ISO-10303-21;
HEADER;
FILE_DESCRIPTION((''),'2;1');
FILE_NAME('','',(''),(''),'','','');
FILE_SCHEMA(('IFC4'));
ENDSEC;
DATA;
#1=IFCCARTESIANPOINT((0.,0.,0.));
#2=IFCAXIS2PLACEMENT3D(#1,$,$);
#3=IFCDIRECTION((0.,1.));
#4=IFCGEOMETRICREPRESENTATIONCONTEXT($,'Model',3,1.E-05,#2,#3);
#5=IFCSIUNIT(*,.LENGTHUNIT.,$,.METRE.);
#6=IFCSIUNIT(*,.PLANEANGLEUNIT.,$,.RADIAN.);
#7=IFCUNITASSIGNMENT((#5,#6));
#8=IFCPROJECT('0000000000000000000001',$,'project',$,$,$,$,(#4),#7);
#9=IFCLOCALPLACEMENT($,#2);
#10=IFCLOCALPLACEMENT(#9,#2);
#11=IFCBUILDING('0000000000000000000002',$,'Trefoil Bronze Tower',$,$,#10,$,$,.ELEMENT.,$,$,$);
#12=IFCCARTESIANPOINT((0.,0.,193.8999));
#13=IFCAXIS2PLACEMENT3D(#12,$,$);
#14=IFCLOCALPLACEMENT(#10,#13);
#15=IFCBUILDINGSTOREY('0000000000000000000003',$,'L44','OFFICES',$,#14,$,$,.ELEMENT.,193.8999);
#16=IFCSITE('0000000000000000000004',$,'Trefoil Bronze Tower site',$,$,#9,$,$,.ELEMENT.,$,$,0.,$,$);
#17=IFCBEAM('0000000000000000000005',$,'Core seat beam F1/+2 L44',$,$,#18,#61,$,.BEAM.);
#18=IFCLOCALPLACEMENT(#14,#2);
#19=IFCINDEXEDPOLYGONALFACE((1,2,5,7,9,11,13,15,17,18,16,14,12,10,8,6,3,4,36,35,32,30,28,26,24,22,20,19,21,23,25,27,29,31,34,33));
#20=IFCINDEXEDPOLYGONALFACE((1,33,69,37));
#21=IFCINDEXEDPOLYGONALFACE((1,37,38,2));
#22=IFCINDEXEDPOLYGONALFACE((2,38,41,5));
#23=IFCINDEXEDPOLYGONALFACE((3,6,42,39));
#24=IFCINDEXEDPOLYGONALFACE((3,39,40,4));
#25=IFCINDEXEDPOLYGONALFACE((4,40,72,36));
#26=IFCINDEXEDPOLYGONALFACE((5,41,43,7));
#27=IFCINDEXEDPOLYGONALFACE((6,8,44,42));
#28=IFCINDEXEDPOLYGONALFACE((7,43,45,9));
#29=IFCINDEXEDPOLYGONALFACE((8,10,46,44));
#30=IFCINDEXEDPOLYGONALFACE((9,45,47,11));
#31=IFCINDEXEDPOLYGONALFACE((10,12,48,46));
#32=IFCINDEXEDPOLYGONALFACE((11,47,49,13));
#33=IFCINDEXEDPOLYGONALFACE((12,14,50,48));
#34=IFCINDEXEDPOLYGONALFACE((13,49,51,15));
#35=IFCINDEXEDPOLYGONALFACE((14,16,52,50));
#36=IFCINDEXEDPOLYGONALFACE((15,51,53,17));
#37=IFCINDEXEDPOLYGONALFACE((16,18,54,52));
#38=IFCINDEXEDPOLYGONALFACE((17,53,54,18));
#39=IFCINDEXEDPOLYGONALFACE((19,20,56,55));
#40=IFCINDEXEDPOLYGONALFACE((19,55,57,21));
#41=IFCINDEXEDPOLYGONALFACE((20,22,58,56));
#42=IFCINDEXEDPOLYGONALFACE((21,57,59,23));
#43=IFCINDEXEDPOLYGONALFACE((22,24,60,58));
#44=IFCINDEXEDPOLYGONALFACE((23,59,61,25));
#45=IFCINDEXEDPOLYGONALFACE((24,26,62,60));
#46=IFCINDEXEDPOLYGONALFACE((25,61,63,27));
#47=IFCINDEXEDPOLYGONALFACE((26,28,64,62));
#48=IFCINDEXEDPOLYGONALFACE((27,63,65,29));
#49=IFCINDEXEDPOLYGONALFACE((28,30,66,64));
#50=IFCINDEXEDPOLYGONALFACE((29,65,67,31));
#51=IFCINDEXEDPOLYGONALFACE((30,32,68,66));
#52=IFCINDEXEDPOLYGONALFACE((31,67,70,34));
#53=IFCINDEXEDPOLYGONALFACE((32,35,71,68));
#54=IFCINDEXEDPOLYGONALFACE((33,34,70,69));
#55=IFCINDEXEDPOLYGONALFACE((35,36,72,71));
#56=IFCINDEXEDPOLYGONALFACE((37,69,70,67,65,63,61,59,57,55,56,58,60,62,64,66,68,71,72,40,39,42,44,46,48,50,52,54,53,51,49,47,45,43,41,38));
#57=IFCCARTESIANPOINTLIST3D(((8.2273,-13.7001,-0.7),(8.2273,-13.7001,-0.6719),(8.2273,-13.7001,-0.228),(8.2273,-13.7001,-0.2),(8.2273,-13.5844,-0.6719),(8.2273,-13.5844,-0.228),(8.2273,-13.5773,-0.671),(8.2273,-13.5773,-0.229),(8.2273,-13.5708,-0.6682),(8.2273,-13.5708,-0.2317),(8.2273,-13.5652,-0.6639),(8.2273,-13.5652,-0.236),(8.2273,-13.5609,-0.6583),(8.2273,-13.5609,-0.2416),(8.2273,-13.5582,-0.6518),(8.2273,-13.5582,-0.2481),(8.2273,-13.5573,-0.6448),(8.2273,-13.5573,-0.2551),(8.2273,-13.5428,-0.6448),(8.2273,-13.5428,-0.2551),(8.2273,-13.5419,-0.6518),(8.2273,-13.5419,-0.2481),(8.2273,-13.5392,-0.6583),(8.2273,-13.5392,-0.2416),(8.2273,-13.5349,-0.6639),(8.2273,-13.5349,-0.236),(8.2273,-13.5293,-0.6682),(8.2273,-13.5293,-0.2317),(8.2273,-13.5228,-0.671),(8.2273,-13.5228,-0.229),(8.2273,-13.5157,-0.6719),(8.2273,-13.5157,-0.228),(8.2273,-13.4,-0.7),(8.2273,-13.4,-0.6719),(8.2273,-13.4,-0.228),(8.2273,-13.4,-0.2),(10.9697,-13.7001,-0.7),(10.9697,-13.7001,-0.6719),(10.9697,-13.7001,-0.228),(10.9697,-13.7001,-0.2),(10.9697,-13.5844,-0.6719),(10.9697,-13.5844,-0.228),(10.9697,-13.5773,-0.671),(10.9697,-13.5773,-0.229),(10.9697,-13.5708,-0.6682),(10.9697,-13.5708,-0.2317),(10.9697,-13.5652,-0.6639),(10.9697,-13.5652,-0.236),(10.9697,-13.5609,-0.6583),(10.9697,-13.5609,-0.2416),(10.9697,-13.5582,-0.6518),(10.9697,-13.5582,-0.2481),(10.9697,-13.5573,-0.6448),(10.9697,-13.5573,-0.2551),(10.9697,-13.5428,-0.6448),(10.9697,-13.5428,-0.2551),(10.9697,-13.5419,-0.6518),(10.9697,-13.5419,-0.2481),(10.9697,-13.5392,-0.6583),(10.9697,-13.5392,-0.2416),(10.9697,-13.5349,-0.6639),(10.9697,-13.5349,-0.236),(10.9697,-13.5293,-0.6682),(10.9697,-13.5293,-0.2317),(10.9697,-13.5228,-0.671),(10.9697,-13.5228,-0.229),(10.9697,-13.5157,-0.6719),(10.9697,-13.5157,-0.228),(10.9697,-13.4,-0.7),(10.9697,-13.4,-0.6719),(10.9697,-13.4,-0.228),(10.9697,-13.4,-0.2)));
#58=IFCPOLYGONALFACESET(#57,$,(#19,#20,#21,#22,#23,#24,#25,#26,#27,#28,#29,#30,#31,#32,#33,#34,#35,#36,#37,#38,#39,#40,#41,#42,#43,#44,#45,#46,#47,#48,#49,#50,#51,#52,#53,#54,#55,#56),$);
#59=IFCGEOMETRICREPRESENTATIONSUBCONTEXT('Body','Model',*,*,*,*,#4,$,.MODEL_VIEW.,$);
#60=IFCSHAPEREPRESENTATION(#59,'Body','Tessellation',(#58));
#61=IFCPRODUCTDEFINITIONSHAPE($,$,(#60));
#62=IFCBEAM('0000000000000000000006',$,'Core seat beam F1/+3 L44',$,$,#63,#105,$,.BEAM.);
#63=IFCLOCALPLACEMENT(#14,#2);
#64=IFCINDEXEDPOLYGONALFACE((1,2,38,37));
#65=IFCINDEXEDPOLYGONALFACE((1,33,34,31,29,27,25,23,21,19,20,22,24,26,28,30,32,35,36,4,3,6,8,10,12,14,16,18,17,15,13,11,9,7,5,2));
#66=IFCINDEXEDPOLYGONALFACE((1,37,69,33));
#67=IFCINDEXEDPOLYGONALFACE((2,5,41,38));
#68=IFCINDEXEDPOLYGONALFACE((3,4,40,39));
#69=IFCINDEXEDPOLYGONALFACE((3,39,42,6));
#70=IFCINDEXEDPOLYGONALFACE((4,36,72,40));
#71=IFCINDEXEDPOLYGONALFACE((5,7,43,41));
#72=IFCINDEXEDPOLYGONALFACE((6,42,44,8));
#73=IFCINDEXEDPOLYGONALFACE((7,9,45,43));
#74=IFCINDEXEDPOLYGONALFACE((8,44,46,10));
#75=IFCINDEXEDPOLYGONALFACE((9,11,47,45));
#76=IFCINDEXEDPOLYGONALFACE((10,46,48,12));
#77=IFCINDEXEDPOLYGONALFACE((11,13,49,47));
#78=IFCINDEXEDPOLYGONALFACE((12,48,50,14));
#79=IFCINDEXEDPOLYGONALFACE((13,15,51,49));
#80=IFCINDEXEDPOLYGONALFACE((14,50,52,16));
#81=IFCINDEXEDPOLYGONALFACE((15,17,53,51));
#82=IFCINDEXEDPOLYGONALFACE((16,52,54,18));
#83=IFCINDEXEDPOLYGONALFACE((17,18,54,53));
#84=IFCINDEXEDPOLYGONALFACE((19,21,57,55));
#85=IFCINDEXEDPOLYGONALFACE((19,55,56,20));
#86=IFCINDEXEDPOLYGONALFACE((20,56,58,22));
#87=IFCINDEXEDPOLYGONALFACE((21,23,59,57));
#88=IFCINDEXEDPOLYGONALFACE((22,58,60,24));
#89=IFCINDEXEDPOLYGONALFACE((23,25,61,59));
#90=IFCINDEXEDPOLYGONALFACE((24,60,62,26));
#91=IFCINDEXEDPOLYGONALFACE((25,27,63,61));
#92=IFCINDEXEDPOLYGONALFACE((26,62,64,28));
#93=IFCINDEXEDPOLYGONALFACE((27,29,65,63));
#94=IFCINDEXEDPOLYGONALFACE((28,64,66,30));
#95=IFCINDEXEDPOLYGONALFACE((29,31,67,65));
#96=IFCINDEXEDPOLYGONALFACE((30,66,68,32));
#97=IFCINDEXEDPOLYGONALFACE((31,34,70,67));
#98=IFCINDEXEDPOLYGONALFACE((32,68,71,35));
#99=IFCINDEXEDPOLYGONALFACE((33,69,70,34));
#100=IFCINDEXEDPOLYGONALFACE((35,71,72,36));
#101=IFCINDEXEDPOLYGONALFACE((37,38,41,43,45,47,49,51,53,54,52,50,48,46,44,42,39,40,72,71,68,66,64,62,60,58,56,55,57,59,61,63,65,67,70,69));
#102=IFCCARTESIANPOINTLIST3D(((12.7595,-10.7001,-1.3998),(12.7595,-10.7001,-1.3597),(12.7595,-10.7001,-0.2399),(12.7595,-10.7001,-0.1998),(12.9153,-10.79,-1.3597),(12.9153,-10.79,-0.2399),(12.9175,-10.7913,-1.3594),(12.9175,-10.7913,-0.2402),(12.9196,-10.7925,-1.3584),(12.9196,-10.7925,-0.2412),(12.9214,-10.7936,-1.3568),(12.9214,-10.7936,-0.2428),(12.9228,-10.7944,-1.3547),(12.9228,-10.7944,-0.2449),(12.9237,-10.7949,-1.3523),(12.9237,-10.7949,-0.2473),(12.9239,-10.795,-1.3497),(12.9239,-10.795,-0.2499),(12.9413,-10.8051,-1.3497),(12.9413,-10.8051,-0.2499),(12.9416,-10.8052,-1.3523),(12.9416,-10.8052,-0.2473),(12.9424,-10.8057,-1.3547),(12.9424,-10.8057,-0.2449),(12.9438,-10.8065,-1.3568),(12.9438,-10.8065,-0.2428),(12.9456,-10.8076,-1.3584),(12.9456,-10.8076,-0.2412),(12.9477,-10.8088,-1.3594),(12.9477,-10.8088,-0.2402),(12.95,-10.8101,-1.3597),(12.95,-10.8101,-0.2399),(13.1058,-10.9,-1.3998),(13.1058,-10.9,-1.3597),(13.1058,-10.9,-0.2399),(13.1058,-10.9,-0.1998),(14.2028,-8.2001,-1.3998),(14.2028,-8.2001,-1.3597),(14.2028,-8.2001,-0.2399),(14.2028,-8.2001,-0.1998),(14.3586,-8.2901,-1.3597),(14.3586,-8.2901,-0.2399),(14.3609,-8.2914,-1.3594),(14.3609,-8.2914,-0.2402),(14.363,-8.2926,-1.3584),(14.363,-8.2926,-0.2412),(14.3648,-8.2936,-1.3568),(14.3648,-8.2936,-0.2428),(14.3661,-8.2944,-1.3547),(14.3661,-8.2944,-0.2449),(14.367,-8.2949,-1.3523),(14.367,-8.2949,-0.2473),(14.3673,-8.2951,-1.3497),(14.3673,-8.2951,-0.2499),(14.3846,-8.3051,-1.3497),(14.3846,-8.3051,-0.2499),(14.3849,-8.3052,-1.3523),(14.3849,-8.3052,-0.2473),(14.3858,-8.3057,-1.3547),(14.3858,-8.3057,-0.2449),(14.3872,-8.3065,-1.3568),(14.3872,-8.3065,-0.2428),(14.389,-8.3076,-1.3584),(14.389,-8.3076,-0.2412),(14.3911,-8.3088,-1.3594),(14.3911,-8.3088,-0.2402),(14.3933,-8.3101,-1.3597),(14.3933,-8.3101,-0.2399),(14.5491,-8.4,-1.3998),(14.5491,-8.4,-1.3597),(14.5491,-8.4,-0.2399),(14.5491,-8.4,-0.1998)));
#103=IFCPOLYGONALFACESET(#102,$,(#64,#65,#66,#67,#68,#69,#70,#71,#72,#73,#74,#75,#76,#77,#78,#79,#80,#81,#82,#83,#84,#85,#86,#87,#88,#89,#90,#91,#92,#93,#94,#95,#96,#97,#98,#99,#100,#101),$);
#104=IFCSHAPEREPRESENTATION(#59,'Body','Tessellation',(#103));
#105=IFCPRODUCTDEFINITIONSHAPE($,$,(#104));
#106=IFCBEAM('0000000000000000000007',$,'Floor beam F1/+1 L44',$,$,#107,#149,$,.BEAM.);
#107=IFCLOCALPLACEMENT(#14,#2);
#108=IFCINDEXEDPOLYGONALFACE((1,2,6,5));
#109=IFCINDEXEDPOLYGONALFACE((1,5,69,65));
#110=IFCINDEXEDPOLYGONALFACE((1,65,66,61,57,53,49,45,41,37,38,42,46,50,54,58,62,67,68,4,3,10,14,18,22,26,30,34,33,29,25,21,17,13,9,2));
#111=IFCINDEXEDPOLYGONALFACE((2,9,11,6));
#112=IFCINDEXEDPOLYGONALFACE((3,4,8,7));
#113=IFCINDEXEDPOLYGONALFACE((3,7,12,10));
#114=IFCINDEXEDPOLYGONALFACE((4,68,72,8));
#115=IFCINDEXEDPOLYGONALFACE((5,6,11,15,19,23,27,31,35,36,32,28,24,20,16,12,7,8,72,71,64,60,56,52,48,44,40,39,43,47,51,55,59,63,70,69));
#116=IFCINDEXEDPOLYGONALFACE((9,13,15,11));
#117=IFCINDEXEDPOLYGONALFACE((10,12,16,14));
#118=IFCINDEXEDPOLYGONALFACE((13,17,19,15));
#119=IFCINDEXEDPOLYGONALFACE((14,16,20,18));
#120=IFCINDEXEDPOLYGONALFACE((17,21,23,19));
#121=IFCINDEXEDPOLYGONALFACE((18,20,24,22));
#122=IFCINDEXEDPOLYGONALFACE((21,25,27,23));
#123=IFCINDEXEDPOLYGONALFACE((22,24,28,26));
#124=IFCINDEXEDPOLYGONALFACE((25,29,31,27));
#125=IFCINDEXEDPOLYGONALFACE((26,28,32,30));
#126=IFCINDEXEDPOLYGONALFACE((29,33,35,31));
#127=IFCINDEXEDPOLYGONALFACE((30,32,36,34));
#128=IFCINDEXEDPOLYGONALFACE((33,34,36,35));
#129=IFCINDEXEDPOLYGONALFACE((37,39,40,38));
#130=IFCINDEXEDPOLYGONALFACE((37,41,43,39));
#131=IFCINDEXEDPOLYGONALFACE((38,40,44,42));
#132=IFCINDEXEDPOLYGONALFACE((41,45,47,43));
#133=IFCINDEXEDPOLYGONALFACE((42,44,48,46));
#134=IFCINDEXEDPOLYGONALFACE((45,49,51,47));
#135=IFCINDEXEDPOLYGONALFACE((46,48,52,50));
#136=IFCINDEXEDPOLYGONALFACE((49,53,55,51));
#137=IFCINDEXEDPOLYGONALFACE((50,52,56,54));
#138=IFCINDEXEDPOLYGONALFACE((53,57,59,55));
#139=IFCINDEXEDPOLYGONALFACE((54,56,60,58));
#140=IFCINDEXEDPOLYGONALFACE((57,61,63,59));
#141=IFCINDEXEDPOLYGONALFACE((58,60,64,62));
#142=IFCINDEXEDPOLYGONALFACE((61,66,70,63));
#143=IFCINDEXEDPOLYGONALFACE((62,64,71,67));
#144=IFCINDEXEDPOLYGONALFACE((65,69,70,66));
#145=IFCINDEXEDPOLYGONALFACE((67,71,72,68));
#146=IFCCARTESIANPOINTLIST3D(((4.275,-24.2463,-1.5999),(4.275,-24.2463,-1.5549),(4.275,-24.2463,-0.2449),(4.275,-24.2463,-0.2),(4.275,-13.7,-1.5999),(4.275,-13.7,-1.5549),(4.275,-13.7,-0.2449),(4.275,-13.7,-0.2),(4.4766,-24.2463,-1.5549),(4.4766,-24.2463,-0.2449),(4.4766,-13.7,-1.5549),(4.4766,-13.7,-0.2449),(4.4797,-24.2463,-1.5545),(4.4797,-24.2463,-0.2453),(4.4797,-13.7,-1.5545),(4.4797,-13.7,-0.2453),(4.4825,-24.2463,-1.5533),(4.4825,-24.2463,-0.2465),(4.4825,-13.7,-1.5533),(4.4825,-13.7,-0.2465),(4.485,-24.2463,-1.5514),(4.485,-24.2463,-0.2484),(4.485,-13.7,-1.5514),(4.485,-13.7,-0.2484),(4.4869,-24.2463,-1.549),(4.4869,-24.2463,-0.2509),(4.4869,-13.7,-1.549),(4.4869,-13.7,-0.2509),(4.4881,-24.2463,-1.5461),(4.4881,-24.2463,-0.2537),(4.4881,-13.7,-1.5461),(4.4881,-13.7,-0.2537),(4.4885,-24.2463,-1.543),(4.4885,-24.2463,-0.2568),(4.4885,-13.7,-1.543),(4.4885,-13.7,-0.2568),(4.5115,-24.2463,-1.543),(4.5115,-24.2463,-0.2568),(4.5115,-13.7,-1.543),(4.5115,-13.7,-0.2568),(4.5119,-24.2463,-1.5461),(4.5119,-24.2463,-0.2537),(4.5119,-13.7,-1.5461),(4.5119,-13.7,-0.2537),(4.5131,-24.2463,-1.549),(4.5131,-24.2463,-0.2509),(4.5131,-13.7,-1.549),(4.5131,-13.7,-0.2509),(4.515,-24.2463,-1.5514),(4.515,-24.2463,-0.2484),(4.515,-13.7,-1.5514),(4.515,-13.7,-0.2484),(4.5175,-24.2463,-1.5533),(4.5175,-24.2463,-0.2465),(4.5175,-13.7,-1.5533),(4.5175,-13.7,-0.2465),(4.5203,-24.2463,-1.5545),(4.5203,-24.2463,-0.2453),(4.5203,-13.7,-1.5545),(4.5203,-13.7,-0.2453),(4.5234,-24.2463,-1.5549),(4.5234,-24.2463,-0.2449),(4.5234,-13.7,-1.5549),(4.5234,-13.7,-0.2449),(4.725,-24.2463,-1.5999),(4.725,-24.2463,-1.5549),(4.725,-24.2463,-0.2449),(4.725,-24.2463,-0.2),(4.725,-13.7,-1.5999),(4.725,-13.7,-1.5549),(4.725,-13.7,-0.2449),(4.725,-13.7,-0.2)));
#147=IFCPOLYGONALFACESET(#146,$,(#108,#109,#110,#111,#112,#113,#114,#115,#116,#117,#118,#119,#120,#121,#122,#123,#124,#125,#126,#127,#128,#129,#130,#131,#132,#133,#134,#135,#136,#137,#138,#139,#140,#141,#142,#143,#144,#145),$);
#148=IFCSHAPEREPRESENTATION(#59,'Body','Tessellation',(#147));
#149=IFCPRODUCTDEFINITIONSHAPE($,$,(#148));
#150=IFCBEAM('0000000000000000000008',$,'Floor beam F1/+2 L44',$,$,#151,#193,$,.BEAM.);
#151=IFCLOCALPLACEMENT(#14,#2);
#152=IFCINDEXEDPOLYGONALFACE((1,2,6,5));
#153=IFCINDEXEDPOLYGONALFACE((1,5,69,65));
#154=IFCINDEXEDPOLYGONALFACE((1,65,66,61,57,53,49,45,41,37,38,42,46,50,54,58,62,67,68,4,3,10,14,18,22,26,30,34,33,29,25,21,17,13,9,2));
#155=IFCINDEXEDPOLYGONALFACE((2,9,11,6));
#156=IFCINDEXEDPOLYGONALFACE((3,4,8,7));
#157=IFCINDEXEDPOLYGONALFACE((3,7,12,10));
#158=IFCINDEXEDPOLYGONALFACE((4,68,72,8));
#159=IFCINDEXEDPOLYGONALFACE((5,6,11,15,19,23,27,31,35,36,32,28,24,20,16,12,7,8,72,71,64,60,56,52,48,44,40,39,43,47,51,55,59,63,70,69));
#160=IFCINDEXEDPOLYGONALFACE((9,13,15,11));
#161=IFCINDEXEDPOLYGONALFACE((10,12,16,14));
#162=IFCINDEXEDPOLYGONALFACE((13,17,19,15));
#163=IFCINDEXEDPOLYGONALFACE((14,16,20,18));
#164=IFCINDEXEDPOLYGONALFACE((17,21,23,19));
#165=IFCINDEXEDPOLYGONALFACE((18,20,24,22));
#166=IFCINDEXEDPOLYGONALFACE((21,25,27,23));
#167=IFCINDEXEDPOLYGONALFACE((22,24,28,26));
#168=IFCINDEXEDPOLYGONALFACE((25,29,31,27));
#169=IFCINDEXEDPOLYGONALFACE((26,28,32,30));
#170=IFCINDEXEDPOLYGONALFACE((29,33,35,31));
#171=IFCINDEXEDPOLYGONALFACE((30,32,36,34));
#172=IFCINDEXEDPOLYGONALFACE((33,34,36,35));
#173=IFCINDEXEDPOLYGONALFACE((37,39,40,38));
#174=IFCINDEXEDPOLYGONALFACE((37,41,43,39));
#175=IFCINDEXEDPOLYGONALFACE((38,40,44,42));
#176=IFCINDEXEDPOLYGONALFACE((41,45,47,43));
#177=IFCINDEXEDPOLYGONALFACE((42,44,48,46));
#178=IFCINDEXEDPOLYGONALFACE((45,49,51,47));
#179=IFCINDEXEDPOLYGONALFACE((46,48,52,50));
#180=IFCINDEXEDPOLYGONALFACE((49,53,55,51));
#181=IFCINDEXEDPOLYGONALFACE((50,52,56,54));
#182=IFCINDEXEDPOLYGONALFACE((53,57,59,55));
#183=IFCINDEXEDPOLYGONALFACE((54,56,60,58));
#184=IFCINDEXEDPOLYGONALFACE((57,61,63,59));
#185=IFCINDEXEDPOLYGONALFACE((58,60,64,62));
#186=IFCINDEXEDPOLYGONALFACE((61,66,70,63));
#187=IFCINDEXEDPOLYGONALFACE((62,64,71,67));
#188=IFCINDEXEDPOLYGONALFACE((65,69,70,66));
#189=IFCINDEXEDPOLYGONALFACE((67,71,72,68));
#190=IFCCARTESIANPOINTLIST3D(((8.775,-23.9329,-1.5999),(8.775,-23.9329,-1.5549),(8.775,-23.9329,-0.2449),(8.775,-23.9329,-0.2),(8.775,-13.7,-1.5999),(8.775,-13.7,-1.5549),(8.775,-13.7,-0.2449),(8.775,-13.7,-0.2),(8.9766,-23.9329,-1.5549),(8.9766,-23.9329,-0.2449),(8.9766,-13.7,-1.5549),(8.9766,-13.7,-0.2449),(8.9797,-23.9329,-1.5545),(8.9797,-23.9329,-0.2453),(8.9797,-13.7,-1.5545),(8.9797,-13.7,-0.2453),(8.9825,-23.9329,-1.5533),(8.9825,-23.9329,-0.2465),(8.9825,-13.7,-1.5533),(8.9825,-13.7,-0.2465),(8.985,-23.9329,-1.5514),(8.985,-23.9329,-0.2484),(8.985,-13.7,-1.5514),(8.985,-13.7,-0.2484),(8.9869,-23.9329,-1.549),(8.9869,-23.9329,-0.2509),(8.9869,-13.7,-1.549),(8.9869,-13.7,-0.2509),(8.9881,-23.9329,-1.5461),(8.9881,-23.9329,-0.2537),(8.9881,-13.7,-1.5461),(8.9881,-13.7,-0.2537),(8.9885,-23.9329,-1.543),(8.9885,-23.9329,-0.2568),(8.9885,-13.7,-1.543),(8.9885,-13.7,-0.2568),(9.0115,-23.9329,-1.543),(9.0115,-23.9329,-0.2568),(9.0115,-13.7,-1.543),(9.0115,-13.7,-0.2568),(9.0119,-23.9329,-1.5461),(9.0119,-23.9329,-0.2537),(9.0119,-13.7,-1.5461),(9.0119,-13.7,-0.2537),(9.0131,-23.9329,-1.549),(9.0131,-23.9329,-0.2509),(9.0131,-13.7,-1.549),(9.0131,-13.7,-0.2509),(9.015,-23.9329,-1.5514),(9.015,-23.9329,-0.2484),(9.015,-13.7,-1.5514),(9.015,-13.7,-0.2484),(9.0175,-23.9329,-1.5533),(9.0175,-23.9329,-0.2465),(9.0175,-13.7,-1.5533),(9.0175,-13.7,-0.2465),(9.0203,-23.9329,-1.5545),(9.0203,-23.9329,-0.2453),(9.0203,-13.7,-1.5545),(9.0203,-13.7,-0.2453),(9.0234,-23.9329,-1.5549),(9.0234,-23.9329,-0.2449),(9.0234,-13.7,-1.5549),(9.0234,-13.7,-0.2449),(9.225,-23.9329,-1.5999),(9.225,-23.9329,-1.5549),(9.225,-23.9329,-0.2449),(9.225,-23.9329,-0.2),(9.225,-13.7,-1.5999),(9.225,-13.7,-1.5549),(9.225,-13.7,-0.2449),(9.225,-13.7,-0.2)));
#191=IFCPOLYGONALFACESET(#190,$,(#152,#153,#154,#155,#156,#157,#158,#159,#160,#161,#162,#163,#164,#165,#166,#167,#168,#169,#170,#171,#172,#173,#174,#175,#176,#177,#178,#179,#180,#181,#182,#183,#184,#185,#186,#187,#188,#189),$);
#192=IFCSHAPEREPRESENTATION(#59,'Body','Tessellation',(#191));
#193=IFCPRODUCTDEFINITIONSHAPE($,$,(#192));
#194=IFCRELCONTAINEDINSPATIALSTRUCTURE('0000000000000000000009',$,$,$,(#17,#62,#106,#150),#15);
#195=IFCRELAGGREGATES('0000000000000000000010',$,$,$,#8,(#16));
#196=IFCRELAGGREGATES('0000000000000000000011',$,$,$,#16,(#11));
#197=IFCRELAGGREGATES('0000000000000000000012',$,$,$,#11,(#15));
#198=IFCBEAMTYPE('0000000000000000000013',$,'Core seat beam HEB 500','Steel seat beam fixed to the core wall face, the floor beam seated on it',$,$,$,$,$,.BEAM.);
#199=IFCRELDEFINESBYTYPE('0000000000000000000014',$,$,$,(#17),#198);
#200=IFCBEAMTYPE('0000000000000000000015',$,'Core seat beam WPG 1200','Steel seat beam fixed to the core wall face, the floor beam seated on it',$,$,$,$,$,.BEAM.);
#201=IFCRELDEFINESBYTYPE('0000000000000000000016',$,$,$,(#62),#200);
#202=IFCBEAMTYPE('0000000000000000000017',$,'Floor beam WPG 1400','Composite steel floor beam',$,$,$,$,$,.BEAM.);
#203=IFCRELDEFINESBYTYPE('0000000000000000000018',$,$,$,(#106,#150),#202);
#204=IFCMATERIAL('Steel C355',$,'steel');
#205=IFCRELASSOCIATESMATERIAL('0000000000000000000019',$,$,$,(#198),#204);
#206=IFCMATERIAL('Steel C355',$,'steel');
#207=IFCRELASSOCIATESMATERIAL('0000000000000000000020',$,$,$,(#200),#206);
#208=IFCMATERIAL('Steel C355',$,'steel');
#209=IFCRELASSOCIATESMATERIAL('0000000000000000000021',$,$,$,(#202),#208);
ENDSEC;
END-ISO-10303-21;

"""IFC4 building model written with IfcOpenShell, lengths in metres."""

from ifc_helpers import new_model, si_unit, direction, frame, origin, origin_2d, place, context, subcontext, project, spatial, i_section, extrude, material, material_profile, profile_set, type_object, element, save


model = new_model("IFC4")

# Units and contexts
model_context = context("Model", 3, precision=1e-05, world=origin(), true_north=direction((0.0, 1.0)))
body_context = subcontext(model_context, "Body", "Model", "MODEL_VIEW")
ifc_project = project(units=[si_unit("LENGTHUNIT", "METRE"), si_unit("PLANEANGLEUNIT", "RADIAN")], contexts=[model_context])

# Site, building, storey
site_placement = place(None, origin())
site = spatial("IfcSite", under=ifc_project, at=site_placement, Name="Trefoil Bronze Tower site", CompositionType="ELEMENT", RefElevation=0.0)
building_placement = place(site_placement, origin())
building = spatial("IfcBuilding", under=site, at=building_placement, Name="Trefoil Bronze Tower", CompositionType="ELEMENT")
storey_placement = place(building_placement, frame((0.0, 0.0, 193.8999)))
storey = spatial("IfcBuildingStorey", under=building, at=storey_placement, Name="L44", Description="OFFICES", CompositionType="ELEMENT", Elevation=193.8999)

# Beams
ifc_material_1 = material(Name="Steel C355", Category="steel")
ifc_material_profile_1 = material_profile(ifc_material_1, i_section(OverallWidth=0.3, OverallDepth=0.5, WebThickness=0.0144, FlangeThickness=0.0281, FilletRadius=0.0271, at=origin_2d()), Name="HEB 500")
ifc_profile_set_1 = profile_set([ifc_material_profile_1], Name="Steel C355")
beam_type_1 = type_object("IfcBeamType", Name="Core seat beam HEB 500", Description="Steel seat beam fixed to the core wall face, the floor beam seated on it", PredefinedType="BEAM", material=ifc_profile_set_1)
for number, where, z_axis, x_axis, name in (
    (1, (8.2273, -13.55, -0.45), (1.0, 0.0, 0.0), (0.0, 1.0, 0.0), "Core seat beam F1/+2 L44"),
):
    element("IfcBeam", number, at=place(storey_placement, frame(where, z_axis=z_axis, x_axis=x_axis)), inside=storey, type_object=beam_type_1, Name=name, PredefinedType="BEAM", context=body_context, shape_type="SweptSolid", body=[
        extrude(i_section(OverallWidth=0.3, OverallDepth=0.5, WebThickness=0.0144, FlangeThickness=0.0281, FilletRadius=0.0271, at=origin_2d()), origin(), (0.0, 0.0, 1.0), 2.7424),
    ])
ifc_material_2 = material(Name="Steel C355", Category="steel")
ifc_material_profile_2 = material_profile(ifc_material_2, i_section(OverallWidth=0.3999, OverallDepth=1.2, WebThickness=0.02, FlangeThickness=0.04, FilletRadius=0.01, at=origin_2d()), Name="WPG 1200")
ifc_profile_set_2 = profile_set([ifc_material_profile_2], Name="Steel C355")
beam_type_2 = type_object("IfcBeamType", Name="Core seat beam WPG 1200", Description="Steel seat beam fixed to the core wall face, the floor beam seated on it", PredefinedType="BEAM", material=ifc_profile_set_2)
beam_1_placement = place(storey_placement, frame((12.9326, -10.8, -0.7998), z_axis=(0.499996, 0.866028, 0.0), x_axis=(-0.866028, 0.499996, 0.0)))
element("IfcBeam", 2, at=beam_1_placement, inside=storey, type_object=beam_type_2, Name="Core seat beam F1/+3 L44", PredefinedType="BEAM", context=body_context, shape_type="SweptSolid", body=[
    extrude(i_section(OverallWidth=0.3999, OverallDepth=1.2, WebThickness=0.02, FlangeThickness=0.04, FilletRadius=0.01, at=origin_2d()), origin(), (0.0, 0.0, 1.0), 2.8867),
])
ifc_material_3 = material(Name="Steel C355", Category="steel")
ifc_material_profile_3 = material_profile(ifc_material_3, i_section(OverallWidth=0.45, OverallDepth=1.3999, WebThickness=0.0229, FlangeThickness=0.0449, FilletRadius=0.012, at=origin_2d()), Name="WPG 1400")
ifc_profile_set_3 = profile_set([ifc_material_profile_3], Name="Steel C355")
beam_type_3 = type_object("IfcBeamType", Name="Floor beam WPG 1400", Description="Composite steel floor beam", PredefinedType="BEAM", material=ifc_profile_set_3)
beam_2_placement = place(storey_placement, frame((4.5, -24.2463, -0.8999), z_axis=(0.0, 1.0, 0.0), x_axis=(-1.0, 0.0, 0.0)))
element("IfcBeam", 3, at=beam_2_placement, inside=storey, type_object=beam_type_3, Name="Floor beam F1/+1 L44", PredefinedType="BEAM", context=body_context, shape_type="SweptSolid", body=[
    extrude(i_section(OverallWidth=0.45, OverallDepth=1.3999, WebThickness=0.0229, FlangeThickness=0.0449, FilletRadius=0.012, at=origin_2d()), origin(), (0.0, 0.0, 1.0), 10.5464),
])
beam_3_placement = place(storey_placement, frame((9.0, -23.9329, -0.8999), z_axis=(0.0, 1.0, 0.0), x_axis=(-1.0, 0.0, 0.0)))
element("IfcBeam", 4, at=beam_3_placement, inside=storey, type_object=beam_type_3, Name="Floor beam F1/+2 L44", PredefinedType="BEAM", context=body_context, shape_type="SweptSolid", body=[
    extrude(i_section(OverallWidth=0.45, OverallDepth=1.3999, WebThickness=0.0229, FlangeThickness=0.0449, FilletRadius=0.012, at=origin_2d()), origin(), (0.0, 0.0, 1.0), 10.2329),
])

save(model, "model.ifc")
